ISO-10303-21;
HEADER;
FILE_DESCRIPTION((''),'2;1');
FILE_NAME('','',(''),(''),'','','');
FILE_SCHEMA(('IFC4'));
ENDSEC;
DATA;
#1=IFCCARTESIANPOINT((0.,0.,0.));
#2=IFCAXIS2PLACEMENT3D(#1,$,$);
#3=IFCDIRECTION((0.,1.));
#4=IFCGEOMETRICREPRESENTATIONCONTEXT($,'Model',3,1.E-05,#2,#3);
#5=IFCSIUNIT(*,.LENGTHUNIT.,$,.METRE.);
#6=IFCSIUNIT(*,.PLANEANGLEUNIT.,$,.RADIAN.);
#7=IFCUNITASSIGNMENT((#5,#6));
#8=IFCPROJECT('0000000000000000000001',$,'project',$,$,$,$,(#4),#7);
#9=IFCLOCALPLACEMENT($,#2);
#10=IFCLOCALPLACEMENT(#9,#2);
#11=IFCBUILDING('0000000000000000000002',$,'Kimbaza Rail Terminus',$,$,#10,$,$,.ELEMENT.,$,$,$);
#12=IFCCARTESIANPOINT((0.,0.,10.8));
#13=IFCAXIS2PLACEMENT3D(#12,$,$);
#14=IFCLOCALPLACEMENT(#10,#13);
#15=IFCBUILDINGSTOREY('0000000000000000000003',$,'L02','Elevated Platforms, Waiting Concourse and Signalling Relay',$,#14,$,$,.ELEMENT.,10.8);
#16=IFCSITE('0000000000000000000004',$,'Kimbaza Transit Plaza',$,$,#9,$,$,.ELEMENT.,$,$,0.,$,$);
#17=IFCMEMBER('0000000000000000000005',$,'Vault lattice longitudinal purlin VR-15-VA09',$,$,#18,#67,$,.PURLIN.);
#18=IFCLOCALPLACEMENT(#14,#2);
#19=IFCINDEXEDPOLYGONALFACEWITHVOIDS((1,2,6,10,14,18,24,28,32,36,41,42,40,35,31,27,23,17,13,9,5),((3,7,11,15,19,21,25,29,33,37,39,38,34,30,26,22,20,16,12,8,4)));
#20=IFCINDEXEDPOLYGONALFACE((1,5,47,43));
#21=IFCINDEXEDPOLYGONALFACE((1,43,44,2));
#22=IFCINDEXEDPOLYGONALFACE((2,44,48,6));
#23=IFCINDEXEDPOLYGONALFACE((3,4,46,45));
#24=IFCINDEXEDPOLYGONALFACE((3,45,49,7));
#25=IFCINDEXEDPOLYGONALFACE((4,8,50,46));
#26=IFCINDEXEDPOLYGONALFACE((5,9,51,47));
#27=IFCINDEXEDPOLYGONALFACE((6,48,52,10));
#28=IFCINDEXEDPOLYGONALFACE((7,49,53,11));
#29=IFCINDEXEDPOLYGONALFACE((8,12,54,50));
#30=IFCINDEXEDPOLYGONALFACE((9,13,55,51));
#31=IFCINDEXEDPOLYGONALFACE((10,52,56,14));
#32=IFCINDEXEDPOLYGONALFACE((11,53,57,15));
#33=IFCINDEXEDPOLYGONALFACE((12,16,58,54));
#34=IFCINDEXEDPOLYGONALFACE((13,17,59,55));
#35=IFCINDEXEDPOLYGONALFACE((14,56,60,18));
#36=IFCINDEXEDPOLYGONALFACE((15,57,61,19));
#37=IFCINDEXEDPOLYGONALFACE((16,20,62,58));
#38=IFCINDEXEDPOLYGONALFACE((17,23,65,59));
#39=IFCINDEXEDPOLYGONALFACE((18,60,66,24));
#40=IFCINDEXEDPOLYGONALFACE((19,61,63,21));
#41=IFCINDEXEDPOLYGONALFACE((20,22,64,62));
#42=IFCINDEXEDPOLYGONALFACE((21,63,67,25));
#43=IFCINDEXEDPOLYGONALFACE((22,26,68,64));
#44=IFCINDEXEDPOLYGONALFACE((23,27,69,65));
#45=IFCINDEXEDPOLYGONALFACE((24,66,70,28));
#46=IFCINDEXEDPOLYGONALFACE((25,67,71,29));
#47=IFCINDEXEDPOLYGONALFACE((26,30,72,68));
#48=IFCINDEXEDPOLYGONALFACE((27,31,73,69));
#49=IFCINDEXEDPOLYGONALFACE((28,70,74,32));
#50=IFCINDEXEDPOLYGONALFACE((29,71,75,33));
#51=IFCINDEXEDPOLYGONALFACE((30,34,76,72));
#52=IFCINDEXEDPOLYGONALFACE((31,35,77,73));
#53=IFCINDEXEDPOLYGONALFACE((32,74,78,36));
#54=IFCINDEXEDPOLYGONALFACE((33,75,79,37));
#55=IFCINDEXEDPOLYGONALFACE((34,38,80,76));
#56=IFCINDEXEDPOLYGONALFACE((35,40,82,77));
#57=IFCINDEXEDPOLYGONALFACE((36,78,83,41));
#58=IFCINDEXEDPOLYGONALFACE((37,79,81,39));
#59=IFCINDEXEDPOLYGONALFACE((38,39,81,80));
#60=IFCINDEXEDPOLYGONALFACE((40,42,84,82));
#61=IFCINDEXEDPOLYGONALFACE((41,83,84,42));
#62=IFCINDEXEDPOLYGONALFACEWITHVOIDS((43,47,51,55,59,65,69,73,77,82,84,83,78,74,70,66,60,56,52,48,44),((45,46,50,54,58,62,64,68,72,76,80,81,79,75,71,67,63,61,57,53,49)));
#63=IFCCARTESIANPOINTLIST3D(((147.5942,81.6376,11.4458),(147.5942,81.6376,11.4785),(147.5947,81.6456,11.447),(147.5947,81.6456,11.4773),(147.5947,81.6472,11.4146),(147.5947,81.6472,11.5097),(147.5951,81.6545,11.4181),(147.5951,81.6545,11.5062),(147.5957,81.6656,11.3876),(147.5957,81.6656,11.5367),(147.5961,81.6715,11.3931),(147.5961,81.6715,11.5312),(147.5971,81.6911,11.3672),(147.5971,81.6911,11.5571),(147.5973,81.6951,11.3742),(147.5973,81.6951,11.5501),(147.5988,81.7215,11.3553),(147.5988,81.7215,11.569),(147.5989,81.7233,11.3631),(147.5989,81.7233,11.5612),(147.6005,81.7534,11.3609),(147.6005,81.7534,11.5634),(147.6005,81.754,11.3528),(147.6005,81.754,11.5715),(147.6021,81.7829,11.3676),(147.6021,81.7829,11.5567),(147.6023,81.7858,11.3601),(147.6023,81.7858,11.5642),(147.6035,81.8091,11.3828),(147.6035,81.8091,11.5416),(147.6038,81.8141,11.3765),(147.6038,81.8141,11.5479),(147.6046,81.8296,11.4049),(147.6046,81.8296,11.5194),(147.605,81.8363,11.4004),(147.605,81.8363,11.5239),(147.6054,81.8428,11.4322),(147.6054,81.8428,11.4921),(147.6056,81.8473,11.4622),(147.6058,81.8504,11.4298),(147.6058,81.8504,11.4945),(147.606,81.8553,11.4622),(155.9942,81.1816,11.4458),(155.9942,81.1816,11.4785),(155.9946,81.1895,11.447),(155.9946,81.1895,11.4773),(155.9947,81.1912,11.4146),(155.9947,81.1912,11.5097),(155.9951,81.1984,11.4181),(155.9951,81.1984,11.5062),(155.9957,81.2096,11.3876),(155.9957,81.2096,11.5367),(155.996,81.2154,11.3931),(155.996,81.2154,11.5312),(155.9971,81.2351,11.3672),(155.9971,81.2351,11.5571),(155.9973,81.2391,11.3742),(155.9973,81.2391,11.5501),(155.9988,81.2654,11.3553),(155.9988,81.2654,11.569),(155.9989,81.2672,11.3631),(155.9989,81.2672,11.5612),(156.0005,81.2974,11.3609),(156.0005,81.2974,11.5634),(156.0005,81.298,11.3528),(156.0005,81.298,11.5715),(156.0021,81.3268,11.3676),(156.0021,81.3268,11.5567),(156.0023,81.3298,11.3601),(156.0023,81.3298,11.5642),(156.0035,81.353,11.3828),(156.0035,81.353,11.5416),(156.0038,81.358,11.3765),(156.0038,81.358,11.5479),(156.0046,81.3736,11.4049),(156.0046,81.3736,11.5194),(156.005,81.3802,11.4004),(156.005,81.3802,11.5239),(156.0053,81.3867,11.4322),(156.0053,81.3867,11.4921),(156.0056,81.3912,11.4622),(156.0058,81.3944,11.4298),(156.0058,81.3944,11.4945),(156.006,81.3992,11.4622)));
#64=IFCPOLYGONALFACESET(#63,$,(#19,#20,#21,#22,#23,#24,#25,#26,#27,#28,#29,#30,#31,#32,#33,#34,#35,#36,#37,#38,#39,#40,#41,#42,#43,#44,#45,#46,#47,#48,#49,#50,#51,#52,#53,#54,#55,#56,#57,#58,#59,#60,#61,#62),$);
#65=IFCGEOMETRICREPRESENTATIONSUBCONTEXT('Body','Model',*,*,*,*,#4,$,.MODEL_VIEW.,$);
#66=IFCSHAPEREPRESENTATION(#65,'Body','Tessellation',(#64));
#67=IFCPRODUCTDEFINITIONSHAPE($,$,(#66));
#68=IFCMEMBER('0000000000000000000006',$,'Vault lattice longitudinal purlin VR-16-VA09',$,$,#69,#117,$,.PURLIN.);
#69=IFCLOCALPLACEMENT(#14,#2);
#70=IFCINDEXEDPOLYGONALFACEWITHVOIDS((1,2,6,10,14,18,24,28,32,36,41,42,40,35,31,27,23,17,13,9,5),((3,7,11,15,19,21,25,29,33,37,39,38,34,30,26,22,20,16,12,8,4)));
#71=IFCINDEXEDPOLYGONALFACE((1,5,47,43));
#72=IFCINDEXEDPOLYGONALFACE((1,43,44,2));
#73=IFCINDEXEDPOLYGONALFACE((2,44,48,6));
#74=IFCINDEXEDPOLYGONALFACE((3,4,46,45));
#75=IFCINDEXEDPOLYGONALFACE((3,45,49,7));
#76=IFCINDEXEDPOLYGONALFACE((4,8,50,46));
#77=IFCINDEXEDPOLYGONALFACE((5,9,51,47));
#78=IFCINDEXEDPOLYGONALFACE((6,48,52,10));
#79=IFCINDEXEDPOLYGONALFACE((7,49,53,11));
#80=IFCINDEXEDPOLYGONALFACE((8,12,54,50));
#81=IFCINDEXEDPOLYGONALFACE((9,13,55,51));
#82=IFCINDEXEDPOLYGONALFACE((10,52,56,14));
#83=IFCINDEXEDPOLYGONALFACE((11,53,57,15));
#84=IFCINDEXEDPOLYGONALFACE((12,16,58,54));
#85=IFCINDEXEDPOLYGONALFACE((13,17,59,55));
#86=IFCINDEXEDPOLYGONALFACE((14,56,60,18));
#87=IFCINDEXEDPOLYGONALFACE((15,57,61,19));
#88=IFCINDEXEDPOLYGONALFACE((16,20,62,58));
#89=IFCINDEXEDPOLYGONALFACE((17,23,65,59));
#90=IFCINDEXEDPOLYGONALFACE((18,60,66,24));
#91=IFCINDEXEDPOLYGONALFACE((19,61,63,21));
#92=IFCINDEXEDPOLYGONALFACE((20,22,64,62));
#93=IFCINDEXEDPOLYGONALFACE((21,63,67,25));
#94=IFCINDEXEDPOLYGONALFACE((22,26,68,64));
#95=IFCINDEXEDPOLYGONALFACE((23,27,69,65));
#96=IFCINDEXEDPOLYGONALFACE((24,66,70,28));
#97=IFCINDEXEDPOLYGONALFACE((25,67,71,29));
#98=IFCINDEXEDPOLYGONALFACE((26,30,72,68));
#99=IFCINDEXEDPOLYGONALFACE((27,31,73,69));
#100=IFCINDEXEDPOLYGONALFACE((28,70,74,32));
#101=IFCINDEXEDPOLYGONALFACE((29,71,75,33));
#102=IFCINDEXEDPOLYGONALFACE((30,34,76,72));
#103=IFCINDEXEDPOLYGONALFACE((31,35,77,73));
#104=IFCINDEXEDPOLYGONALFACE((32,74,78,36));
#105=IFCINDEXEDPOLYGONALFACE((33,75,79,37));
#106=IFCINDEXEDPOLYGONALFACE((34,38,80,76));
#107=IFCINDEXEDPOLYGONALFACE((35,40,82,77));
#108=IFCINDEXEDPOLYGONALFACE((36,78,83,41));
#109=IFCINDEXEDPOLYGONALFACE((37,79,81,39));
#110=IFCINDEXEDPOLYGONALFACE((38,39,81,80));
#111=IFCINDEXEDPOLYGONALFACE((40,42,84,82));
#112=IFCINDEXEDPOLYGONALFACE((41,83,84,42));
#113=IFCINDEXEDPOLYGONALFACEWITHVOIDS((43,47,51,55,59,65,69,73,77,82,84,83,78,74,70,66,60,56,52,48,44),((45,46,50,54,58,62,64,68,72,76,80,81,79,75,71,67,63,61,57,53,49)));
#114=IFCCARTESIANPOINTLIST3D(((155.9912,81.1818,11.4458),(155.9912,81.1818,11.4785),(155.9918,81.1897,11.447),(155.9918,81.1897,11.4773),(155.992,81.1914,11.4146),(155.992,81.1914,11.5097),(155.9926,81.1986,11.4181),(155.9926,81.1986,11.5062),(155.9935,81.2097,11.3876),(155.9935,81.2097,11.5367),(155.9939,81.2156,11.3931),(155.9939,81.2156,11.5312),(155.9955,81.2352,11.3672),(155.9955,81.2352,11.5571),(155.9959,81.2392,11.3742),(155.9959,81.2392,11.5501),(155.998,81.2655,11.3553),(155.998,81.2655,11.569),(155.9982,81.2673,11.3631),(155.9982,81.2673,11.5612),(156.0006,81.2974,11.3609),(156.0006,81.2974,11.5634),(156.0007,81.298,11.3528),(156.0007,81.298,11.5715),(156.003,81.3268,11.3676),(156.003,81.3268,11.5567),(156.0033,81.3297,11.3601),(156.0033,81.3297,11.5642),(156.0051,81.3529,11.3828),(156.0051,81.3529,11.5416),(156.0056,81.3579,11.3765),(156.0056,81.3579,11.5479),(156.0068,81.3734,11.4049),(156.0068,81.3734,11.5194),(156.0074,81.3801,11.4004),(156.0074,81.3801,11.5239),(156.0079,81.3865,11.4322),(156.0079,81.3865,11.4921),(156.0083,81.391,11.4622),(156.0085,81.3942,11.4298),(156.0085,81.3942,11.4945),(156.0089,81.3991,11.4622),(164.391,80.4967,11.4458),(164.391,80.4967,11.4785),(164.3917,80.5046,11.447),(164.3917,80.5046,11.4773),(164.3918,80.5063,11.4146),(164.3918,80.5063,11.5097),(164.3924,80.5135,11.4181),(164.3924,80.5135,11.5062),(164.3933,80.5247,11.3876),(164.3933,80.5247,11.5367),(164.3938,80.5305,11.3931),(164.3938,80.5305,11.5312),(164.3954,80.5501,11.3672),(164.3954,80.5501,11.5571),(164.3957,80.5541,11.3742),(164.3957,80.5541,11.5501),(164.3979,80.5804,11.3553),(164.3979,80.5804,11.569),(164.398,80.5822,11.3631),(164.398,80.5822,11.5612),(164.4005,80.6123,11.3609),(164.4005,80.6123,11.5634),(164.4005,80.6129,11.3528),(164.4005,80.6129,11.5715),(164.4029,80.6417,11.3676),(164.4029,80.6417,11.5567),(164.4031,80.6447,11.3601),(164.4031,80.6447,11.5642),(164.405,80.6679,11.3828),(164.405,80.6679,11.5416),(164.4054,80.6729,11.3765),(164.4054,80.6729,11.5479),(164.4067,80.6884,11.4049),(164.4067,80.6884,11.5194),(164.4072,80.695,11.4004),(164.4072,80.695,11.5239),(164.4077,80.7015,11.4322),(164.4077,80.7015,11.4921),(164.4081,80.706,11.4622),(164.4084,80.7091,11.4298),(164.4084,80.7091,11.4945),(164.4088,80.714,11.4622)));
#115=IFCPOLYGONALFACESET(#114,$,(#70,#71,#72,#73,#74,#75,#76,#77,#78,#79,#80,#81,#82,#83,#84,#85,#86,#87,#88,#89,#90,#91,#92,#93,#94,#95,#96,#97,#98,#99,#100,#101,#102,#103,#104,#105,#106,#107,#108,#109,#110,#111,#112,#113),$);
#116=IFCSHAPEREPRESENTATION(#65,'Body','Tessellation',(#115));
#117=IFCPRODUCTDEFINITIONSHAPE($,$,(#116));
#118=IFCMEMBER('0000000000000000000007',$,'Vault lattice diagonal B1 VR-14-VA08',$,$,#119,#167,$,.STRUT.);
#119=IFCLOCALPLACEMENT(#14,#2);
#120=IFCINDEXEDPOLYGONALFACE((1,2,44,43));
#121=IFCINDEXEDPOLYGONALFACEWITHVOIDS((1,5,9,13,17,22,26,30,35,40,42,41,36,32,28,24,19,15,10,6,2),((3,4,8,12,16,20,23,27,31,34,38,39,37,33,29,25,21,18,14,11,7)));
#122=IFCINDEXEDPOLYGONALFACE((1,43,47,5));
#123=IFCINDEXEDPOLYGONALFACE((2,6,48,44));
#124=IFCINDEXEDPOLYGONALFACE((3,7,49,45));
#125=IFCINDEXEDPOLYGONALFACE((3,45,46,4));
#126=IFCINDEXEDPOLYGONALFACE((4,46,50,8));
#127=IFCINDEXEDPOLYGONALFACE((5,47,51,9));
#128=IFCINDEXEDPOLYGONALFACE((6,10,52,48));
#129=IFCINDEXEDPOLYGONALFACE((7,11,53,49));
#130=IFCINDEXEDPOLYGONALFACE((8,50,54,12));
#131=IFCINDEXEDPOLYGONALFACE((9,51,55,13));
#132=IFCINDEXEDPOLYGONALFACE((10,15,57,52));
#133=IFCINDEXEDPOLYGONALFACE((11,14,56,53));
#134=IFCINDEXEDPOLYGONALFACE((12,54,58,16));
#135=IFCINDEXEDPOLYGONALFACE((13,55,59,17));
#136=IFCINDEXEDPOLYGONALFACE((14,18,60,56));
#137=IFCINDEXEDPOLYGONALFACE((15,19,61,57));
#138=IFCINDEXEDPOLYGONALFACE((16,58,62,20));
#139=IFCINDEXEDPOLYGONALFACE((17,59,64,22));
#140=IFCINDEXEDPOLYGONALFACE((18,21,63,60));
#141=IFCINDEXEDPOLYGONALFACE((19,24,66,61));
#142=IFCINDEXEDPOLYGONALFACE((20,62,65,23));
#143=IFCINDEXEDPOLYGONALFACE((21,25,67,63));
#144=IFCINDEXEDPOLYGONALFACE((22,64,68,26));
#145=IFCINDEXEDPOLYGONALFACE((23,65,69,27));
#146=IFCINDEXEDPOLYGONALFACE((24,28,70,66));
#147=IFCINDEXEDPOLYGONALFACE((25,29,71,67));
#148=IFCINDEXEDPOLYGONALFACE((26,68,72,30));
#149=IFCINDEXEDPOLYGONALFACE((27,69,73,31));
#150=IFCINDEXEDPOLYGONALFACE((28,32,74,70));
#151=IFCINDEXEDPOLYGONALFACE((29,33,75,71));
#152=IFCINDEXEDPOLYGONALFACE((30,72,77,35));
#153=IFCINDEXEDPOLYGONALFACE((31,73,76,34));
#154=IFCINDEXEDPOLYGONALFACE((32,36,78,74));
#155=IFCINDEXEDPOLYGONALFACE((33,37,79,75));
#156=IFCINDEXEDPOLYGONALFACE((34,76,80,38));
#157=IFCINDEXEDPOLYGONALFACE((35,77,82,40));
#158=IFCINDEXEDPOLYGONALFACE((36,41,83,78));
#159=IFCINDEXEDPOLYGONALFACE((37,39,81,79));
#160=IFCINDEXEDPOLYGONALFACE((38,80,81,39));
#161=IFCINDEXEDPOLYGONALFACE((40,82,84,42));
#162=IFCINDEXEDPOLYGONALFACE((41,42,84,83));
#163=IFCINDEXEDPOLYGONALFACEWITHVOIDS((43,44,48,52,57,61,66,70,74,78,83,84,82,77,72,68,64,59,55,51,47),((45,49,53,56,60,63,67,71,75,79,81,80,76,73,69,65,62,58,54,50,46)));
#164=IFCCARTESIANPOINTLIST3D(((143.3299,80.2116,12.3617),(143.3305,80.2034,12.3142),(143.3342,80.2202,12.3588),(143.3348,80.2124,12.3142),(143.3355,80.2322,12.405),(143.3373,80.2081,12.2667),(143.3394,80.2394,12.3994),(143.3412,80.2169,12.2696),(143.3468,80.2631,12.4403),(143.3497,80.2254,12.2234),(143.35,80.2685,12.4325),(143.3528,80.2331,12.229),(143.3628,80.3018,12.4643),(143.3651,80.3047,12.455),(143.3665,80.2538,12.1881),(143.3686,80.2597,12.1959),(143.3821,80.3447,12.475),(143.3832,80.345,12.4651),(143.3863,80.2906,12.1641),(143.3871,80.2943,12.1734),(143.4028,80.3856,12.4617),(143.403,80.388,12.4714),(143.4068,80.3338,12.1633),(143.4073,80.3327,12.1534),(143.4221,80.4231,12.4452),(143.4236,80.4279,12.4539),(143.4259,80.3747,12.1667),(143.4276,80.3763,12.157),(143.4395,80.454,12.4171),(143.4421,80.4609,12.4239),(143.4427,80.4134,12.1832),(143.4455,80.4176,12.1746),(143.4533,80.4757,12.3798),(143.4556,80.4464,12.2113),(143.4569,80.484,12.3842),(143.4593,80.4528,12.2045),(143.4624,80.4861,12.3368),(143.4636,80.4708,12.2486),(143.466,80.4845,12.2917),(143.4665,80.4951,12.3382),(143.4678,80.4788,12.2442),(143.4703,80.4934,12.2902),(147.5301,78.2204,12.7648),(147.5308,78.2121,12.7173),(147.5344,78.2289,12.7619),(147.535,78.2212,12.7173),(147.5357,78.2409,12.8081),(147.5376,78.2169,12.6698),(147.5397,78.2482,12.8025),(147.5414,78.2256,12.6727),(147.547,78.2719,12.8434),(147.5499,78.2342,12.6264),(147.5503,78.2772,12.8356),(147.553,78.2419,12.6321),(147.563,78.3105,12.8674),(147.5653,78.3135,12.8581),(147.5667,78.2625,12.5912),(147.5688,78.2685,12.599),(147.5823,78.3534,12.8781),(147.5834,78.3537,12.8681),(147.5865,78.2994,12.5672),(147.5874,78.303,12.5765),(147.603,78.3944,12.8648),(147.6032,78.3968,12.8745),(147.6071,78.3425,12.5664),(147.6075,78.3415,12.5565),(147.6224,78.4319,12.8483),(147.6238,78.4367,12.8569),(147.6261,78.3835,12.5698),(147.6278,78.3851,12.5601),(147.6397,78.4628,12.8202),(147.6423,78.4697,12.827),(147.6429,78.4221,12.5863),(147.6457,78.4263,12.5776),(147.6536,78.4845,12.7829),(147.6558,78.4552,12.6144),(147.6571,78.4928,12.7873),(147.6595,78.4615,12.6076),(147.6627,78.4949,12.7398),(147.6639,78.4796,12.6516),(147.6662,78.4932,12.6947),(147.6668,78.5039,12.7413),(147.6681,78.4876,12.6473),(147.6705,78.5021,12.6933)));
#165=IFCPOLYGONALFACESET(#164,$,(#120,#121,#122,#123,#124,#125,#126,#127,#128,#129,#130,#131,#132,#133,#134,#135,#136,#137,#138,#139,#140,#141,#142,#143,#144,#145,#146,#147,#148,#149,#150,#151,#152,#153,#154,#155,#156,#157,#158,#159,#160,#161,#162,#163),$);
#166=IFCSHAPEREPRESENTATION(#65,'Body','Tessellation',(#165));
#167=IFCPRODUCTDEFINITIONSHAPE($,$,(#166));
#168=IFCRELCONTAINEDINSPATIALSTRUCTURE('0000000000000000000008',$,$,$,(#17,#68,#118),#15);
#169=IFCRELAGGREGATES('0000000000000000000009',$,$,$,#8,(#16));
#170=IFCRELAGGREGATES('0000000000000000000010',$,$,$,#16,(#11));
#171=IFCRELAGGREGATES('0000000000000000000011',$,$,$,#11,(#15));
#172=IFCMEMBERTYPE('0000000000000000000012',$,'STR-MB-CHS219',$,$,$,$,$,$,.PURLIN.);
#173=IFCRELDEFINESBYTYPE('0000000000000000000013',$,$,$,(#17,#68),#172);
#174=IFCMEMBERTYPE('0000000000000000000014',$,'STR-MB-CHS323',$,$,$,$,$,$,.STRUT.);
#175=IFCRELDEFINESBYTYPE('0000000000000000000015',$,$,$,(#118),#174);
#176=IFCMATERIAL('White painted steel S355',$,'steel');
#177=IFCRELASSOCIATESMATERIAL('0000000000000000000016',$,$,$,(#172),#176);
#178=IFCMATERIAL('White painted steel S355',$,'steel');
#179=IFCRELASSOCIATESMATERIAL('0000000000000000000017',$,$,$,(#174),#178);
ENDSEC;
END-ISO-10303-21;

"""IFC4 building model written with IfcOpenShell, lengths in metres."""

from ifc_helpers import new_model, si_unit, direction, frame, origin, origin_2d, place, context, subcontext, project, spatial, hollow_circle, extrude, material, material_profile, profile_set, type_object, element, save


model = new_model("IFC4")

# Units and contexts
model_context = context("Model", 3, precision=1e-05, world=origin(), true_north=direction((0.0, 1.0)))
body_context = subcontext(model_context, "Body", "Model", "MODEL_VIEW")
ifc_project = project(units=[si_unit("LENGTHUNIT", "METRE"), si_unit("PLANEANGLEUNIT", "RADIAN")], contexts=[model_context])

# Site, building, storey
site_placement = place(None, origin())
site = spatial("IfcSite", under=ifc_project, at=site_placement, Name="Kimbaza Transit Plaza", CompositionType="ELEMENT", RefElevation=0.0)
building_placement = place(site_placement, origin())
building = spatial("IfcBuilding", under=site, at=building_placement, Name="Kimbaza Rail Terminus", CompositionType="ELEMENT")
storey_placement = place(building_placement, frame((0.0, 0.0, 10.8)))
storey = spatial("IfcBuildingStorey", under=building, at=storey_placement, Name="L02", Description="Elevated Platforms, Waiting Concourse and Signalling Relay", CompositionType="ELEMENT", Elevation=10.8)

# Members
ifc_material_1 = material(Name="White painted steel S355", Category="steel")
ifc_material_profile_1 = material_profile(ifc_material_1, hollow_circle(Radius=0.1096, WallThickness=0.0081, at=origin_2d()), Name="CHS 219.1x8")
ifc_profile_set_1 = profile_set([ifc_material_profile_1], Name="White painted steel S355")
member_type_1 = type_object("IfcMemberType", Name="STR-MB-CHS219", PredefinedType="PURLIN", material=ifc_profile_set_1)
for number, where, z_axis, x_axis, name in (
    (1, (147.6001, 81.7458, 11.4622), (0.998529, -0.054213, 0.0), (0.054213, 0.998529, 0.0), "Vault lattice longitudinal purlin VR-15-VA09"),
):
    element("IfcMember", number, at=place(storey_placement, frame(where, z_axis=z_axis, x_axis=x_axis)), inside=storey, type_object=member_type_1, Name=name, PredefinedType="PURLIN", context=body_context, shape_type="SweptSolid", body=[
        extrude(hollow_circle(Radius=0.1096, WallThickness=0.0081, at=origin_2d()), origin(), (0.0, 0.0, 1.0), 8.4124),
    ])
member_1_placement = place(storey_placement, frame((156.0, 81.2898, 11.4622), z_axis=(0.996691, -0.081286, 0.0), x_axis=(0.081286, 0.996691, 0.0)))
element("IfcMember", 2, at=member_1_placement, inside=storey, type_object=member_type_1, Name="Vault lattice longitudinal purlin VR-16-VA09", PredefinedType="PURLIN", context=body_context, shape_type="SweptSolid", body=[
    extrude(hollow_circle(Radius=0.1096, WallThickness=0.0081, at=origin_2d()), origin(), (0.0, 0.0, 1.0), 8.4277),
])
ifc_material_2 = material(Name="White painted steel S355", Category="steel")
ifc_material_profile_2 = material_profile(ifc_material_2, hollow_circle(Radius=0.1619, WallThickness=0.01, at=origin_2d()), Name="CHS 323.9x10")
ifc_profile_set_2 = profile_set([ifc_material_profile_2], Name="White painted steel S355")
member_type_2 = type_object("IfcMemberType", Name="STR-MB-CHS323", PredefinedType="STRUT", material=ifc_profile_set_2)
member_2_placement = place(storey_placement, frame((147.6001, 78.3584, 12.7173), z_axis=(-0.900223, 0.426774, -0.086391), x_axis=(-0.428375, -0.903601, 0.0)))
element("IfcMember", 3, at=member_2_placement, inside=storey, type_object=member_type_2, Name="Vault lattice diagonal B1 VR-14-VA08", PredefinedType="STRUT", context=body_context, shape_type="SweptSolid", body=[
    extrude(hollow_circle(Radius=0.1619, WallThickness=0.01, at=origin_2d()), origin(), (0.0, 0.0, 1.0), 4.6658),
])

save(model, "model.ifc")
